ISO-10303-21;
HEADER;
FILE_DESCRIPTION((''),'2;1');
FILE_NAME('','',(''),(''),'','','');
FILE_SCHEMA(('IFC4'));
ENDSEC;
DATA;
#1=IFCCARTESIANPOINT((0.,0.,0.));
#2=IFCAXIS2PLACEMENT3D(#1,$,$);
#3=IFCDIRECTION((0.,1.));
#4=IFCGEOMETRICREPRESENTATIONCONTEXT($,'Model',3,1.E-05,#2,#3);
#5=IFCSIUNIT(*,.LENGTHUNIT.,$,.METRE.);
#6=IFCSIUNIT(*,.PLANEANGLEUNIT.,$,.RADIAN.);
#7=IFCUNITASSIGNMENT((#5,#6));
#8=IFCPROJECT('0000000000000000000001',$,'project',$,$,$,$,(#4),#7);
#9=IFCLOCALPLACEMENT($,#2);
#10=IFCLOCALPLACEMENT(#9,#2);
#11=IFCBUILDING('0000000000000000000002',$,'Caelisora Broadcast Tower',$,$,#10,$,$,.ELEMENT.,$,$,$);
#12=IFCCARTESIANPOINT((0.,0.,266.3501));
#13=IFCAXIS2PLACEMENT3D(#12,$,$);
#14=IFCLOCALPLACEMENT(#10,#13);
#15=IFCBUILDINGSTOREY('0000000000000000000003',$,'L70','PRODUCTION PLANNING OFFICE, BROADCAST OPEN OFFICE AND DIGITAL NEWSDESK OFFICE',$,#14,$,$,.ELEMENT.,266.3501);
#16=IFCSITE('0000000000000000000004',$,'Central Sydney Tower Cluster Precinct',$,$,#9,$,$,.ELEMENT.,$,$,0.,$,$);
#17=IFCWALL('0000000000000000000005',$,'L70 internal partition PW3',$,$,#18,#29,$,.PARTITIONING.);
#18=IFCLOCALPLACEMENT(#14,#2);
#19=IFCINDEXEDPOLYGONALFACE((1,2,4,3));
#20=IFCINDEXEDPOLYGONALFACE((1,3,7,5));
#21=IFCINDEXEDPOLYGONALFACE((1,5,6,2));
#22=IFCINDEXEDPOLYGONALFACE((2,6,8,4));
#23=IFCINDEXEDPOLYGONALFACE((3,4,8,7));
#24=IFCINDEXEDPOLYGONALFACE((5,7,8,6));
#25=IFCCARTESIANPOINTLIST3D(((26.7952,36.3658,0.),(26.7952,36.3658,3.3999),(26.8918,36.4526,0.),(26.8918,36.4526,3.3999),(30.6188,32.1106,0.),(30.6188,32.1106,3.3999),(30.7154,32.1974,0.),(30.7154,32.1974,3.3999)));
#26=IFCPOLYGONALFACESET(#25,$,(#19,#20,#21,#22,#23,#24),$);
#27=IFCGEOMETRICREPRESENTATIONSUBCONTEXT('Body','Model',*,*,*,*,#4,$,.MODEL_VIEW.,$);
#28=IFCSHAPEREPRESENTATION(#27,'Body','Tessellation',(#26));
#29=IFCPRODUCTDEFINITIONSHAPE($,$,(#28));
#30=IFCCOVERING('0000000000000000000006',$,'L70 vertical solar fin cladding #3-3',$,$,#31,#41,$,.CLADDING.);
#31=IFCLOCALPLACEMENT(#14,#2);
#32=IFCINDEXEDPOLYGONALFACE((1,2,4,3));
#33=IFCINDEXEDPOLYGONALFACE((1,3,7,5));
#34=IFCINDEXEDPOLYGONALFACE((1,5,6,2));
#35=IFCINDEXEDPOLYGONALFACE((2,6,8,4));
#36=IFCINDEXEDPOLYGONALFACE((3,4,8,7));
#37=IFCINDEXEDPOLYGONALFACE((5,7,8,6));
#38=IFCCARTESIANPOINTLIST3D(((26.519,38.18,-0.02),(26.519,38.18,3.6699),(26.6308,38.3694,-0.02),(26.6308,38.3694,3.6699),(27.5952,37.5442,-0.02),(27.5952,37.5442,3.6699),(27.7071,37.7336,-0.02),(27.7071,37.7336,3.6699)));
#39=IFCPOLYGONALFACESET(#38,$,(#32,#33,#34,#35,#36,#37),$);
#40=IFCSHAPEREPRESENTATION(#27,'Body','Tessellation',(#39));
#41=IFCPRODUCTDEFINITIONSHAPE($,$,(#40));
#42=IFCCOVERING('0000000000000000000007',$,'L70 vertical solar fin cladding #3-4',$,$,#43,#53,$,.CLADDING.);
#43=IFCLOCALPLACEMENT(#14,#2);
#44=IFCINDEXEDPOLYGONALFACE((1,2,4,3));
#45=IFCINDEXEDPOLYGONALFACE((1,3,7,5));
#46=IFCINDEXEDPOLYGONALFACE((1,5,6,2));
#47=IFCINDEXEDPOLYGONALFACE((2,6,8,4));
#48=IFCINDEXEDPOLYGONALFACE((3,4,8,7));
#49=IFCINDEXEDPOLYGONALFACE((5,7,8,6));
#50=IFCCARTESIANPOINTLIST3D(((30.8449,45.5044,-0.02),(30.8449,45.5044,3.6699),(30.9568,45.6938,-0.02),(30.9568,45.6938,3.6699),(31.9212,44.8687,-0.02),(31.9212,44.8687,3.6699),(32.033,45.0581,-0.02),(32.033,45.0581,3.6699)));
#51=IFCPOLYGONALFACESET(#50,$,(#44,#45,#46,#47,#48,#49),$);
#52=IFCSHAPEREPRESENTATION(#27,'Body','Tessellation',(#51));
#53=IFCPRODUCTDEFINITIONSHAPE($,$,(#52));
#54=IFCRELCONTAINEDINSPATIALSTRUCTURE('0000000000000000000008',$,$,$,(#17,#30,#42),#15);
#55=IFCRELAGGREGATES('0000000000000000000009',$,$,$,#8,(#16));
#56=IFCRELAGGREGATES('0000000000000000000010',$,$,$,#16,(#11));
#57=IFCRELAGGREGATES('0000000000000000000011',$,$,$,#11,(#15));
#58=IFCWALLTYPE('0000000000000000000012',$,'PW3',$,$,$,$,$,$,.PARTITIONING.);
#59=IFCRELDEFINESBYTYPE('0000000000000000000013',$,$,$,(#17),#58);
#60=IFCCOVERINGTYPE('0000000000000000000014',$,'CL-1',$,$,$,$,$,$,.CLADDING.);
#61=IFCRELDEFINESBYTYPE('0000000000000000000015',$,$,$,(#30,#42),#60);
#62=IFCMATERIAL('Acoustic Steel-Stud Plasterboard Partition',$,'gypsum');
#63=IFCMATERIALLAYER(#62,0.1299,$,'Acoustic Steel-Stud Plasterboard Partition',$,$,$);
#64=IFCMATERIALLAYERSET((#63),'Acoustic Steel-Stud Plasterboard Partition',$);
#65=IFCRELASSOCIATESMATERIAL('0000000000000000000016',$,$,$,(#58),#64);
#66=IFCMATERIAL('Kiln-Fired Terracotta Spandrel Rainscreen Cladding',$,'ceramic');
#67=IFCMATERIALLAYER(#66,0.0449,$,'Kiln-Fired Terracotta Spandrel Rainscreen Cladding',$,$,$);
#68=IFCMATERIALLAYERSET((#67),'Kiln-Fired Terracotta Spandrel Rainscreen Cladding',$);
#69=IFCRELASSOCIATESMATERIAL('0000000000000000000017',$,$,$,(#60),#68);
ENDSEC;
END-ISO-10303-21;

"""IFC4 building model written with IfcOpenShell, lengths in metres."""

from ifc_helpers import new_model, si_unit, direction, frame, frame_2d, origin, origin_2d, place, context, subcontext, project, spatial, rectangle, extrude, source, transform, mapped, material, layer, layer_set, type_object, type_shapes, element, save


model = new_model("IFC4")

# Units and contexts
model_context = context("Model", 3, precision=1e-05, world=origin(), true_north=direction((0.0, 1.0)))
body_context = subcontext(model_context, "Body", "Model", "MODEL_VIEW")
ifc_project = project(units=[si_unit("LENGTHUNIT", "METRE"), si_unit("PLANEANGLEUNIT", "RADIAN")], contexts=[model_context])

# Site, building, storey
site_placement = place(None, origin())
site = spatial("IfcSite", under=ifc_project, at=site_placement, Name="Central Sydney Tower Cluster Precinct", CompositionType="ELEMENT", RefElevation=0.0)
building_placement = place(site_placement, origin())
building = spatial("IfcBuilding", under=site, at=building_placement, Name="Caelisora Broadcast Tower", CompositionType="ELEMENT")
storey_placement = place(building_placement, frame((0.0, 0.0, 266.3501)))
storey = spatial("IfcBuildingStorey", under=building, at=storey_placement, Name="L70", Description="PRODUCTION PLANNING OFFICE, BROADCAST OPEN OFFICE AND DIGITAL NEWSDESK OFFICE", CompositionType="ELEMENT", Elevation=266.3501)

# Shared definitions
ifc_material_1 = material(Name="Acoustic Steel-Stud Plasterboard Partition", Category="gypsum")
ifc_layer_1 = layer(ifc_material_1, 0.1299, Name="Acoustic Steel-Stud Plasterboard Partition")
ifc_layer_set_1 = layer_set([ifc_layer_1], Name="Acoustic Steel-Stud Plasterboard Partition")
wall_type_1 = type_object("IfcWallType", Name="PW3", PredefinedType="PARTITIONING", material=ifc_layer_set_1)

# Wall
wall_1_placement = place(storey_placement, frame((26.8435, 36.4092, 0.0), z_axis=(0.0, 0.0, 1.0), x_axis=(0.668373, -0.743827, 0.0)))
element("IfcWall", 1, at=wall_1_placement, inside=storey, type_object=wall_type_1, Name="L70 internal partition PW3", PredefinedType="PARTITIONING", context=body_context, shape_type="SweptSolid", body=[
    extrude(rectangle(XDim=5.7207, YDim=0.1299, at=frame_2d((2.8604, 0.0))), origin(), (0.0, 0.0, 1.0), 3.3999),
])

# Coverings
ifc_material_2 = material(Name="Kiln-Fired Terracotta Spandrel Rainscreen Cladding", Category="ceramic")
ifc_layer_2 = layer(ifc_material_2, 0.0449, Name="Kiln-Fired Terracotta Spandrel Rainscreen Cladding")
ifc_layer_set_2 = layer_set([ifc_layer_2], Name="Kiln-Fired Terracotta Spandrel Rainscreen Cladding")
covering_type = type_object("IfcCoveringType", Name="CL-1", PredefinedType="CLADDING", material=ifc_layer_set_2)
shared_shape_1 = source(origin(), body_context, "Body", "SweptSolid", [
    extrude(rectangle(XDim=0.22, YDim=1.25, at=origin_2d()), origin(), (0.0, 0.0, 1.0), 3.6899),
])
type_shapes(covering_type, [shared_shape_1])
for number, where, z_axis, x_axis, name in (
    (2, (27.113, 37.9568, -0.02), (0.0, 0.0, 1.0), (0.508591, 0.861008, 0.0), "L70 vertical solar fin cladding #3-3"),
    (3, (31.439, 45.2812, -0.02), (0.0, 0.0, 1.0), (0.508591, 0.861008, 0.0), "L70 vertical solar fin cladding #3-4"),
):
    element("IfcCovering", number, at=place(storey_placement, frame(where, z_axis=z_axis, x_axis=x_axis)), inside=storey, type_object=covering_type, Name=name, PredefinedType="CLADDING", context=body_context, shape_type="MappedRepresentation", body=[
        mapped(shared_shape_1, transform((0.0, 0.0, 0.0), scale=1.0)),
    ])

save(model, "model.ifc")
